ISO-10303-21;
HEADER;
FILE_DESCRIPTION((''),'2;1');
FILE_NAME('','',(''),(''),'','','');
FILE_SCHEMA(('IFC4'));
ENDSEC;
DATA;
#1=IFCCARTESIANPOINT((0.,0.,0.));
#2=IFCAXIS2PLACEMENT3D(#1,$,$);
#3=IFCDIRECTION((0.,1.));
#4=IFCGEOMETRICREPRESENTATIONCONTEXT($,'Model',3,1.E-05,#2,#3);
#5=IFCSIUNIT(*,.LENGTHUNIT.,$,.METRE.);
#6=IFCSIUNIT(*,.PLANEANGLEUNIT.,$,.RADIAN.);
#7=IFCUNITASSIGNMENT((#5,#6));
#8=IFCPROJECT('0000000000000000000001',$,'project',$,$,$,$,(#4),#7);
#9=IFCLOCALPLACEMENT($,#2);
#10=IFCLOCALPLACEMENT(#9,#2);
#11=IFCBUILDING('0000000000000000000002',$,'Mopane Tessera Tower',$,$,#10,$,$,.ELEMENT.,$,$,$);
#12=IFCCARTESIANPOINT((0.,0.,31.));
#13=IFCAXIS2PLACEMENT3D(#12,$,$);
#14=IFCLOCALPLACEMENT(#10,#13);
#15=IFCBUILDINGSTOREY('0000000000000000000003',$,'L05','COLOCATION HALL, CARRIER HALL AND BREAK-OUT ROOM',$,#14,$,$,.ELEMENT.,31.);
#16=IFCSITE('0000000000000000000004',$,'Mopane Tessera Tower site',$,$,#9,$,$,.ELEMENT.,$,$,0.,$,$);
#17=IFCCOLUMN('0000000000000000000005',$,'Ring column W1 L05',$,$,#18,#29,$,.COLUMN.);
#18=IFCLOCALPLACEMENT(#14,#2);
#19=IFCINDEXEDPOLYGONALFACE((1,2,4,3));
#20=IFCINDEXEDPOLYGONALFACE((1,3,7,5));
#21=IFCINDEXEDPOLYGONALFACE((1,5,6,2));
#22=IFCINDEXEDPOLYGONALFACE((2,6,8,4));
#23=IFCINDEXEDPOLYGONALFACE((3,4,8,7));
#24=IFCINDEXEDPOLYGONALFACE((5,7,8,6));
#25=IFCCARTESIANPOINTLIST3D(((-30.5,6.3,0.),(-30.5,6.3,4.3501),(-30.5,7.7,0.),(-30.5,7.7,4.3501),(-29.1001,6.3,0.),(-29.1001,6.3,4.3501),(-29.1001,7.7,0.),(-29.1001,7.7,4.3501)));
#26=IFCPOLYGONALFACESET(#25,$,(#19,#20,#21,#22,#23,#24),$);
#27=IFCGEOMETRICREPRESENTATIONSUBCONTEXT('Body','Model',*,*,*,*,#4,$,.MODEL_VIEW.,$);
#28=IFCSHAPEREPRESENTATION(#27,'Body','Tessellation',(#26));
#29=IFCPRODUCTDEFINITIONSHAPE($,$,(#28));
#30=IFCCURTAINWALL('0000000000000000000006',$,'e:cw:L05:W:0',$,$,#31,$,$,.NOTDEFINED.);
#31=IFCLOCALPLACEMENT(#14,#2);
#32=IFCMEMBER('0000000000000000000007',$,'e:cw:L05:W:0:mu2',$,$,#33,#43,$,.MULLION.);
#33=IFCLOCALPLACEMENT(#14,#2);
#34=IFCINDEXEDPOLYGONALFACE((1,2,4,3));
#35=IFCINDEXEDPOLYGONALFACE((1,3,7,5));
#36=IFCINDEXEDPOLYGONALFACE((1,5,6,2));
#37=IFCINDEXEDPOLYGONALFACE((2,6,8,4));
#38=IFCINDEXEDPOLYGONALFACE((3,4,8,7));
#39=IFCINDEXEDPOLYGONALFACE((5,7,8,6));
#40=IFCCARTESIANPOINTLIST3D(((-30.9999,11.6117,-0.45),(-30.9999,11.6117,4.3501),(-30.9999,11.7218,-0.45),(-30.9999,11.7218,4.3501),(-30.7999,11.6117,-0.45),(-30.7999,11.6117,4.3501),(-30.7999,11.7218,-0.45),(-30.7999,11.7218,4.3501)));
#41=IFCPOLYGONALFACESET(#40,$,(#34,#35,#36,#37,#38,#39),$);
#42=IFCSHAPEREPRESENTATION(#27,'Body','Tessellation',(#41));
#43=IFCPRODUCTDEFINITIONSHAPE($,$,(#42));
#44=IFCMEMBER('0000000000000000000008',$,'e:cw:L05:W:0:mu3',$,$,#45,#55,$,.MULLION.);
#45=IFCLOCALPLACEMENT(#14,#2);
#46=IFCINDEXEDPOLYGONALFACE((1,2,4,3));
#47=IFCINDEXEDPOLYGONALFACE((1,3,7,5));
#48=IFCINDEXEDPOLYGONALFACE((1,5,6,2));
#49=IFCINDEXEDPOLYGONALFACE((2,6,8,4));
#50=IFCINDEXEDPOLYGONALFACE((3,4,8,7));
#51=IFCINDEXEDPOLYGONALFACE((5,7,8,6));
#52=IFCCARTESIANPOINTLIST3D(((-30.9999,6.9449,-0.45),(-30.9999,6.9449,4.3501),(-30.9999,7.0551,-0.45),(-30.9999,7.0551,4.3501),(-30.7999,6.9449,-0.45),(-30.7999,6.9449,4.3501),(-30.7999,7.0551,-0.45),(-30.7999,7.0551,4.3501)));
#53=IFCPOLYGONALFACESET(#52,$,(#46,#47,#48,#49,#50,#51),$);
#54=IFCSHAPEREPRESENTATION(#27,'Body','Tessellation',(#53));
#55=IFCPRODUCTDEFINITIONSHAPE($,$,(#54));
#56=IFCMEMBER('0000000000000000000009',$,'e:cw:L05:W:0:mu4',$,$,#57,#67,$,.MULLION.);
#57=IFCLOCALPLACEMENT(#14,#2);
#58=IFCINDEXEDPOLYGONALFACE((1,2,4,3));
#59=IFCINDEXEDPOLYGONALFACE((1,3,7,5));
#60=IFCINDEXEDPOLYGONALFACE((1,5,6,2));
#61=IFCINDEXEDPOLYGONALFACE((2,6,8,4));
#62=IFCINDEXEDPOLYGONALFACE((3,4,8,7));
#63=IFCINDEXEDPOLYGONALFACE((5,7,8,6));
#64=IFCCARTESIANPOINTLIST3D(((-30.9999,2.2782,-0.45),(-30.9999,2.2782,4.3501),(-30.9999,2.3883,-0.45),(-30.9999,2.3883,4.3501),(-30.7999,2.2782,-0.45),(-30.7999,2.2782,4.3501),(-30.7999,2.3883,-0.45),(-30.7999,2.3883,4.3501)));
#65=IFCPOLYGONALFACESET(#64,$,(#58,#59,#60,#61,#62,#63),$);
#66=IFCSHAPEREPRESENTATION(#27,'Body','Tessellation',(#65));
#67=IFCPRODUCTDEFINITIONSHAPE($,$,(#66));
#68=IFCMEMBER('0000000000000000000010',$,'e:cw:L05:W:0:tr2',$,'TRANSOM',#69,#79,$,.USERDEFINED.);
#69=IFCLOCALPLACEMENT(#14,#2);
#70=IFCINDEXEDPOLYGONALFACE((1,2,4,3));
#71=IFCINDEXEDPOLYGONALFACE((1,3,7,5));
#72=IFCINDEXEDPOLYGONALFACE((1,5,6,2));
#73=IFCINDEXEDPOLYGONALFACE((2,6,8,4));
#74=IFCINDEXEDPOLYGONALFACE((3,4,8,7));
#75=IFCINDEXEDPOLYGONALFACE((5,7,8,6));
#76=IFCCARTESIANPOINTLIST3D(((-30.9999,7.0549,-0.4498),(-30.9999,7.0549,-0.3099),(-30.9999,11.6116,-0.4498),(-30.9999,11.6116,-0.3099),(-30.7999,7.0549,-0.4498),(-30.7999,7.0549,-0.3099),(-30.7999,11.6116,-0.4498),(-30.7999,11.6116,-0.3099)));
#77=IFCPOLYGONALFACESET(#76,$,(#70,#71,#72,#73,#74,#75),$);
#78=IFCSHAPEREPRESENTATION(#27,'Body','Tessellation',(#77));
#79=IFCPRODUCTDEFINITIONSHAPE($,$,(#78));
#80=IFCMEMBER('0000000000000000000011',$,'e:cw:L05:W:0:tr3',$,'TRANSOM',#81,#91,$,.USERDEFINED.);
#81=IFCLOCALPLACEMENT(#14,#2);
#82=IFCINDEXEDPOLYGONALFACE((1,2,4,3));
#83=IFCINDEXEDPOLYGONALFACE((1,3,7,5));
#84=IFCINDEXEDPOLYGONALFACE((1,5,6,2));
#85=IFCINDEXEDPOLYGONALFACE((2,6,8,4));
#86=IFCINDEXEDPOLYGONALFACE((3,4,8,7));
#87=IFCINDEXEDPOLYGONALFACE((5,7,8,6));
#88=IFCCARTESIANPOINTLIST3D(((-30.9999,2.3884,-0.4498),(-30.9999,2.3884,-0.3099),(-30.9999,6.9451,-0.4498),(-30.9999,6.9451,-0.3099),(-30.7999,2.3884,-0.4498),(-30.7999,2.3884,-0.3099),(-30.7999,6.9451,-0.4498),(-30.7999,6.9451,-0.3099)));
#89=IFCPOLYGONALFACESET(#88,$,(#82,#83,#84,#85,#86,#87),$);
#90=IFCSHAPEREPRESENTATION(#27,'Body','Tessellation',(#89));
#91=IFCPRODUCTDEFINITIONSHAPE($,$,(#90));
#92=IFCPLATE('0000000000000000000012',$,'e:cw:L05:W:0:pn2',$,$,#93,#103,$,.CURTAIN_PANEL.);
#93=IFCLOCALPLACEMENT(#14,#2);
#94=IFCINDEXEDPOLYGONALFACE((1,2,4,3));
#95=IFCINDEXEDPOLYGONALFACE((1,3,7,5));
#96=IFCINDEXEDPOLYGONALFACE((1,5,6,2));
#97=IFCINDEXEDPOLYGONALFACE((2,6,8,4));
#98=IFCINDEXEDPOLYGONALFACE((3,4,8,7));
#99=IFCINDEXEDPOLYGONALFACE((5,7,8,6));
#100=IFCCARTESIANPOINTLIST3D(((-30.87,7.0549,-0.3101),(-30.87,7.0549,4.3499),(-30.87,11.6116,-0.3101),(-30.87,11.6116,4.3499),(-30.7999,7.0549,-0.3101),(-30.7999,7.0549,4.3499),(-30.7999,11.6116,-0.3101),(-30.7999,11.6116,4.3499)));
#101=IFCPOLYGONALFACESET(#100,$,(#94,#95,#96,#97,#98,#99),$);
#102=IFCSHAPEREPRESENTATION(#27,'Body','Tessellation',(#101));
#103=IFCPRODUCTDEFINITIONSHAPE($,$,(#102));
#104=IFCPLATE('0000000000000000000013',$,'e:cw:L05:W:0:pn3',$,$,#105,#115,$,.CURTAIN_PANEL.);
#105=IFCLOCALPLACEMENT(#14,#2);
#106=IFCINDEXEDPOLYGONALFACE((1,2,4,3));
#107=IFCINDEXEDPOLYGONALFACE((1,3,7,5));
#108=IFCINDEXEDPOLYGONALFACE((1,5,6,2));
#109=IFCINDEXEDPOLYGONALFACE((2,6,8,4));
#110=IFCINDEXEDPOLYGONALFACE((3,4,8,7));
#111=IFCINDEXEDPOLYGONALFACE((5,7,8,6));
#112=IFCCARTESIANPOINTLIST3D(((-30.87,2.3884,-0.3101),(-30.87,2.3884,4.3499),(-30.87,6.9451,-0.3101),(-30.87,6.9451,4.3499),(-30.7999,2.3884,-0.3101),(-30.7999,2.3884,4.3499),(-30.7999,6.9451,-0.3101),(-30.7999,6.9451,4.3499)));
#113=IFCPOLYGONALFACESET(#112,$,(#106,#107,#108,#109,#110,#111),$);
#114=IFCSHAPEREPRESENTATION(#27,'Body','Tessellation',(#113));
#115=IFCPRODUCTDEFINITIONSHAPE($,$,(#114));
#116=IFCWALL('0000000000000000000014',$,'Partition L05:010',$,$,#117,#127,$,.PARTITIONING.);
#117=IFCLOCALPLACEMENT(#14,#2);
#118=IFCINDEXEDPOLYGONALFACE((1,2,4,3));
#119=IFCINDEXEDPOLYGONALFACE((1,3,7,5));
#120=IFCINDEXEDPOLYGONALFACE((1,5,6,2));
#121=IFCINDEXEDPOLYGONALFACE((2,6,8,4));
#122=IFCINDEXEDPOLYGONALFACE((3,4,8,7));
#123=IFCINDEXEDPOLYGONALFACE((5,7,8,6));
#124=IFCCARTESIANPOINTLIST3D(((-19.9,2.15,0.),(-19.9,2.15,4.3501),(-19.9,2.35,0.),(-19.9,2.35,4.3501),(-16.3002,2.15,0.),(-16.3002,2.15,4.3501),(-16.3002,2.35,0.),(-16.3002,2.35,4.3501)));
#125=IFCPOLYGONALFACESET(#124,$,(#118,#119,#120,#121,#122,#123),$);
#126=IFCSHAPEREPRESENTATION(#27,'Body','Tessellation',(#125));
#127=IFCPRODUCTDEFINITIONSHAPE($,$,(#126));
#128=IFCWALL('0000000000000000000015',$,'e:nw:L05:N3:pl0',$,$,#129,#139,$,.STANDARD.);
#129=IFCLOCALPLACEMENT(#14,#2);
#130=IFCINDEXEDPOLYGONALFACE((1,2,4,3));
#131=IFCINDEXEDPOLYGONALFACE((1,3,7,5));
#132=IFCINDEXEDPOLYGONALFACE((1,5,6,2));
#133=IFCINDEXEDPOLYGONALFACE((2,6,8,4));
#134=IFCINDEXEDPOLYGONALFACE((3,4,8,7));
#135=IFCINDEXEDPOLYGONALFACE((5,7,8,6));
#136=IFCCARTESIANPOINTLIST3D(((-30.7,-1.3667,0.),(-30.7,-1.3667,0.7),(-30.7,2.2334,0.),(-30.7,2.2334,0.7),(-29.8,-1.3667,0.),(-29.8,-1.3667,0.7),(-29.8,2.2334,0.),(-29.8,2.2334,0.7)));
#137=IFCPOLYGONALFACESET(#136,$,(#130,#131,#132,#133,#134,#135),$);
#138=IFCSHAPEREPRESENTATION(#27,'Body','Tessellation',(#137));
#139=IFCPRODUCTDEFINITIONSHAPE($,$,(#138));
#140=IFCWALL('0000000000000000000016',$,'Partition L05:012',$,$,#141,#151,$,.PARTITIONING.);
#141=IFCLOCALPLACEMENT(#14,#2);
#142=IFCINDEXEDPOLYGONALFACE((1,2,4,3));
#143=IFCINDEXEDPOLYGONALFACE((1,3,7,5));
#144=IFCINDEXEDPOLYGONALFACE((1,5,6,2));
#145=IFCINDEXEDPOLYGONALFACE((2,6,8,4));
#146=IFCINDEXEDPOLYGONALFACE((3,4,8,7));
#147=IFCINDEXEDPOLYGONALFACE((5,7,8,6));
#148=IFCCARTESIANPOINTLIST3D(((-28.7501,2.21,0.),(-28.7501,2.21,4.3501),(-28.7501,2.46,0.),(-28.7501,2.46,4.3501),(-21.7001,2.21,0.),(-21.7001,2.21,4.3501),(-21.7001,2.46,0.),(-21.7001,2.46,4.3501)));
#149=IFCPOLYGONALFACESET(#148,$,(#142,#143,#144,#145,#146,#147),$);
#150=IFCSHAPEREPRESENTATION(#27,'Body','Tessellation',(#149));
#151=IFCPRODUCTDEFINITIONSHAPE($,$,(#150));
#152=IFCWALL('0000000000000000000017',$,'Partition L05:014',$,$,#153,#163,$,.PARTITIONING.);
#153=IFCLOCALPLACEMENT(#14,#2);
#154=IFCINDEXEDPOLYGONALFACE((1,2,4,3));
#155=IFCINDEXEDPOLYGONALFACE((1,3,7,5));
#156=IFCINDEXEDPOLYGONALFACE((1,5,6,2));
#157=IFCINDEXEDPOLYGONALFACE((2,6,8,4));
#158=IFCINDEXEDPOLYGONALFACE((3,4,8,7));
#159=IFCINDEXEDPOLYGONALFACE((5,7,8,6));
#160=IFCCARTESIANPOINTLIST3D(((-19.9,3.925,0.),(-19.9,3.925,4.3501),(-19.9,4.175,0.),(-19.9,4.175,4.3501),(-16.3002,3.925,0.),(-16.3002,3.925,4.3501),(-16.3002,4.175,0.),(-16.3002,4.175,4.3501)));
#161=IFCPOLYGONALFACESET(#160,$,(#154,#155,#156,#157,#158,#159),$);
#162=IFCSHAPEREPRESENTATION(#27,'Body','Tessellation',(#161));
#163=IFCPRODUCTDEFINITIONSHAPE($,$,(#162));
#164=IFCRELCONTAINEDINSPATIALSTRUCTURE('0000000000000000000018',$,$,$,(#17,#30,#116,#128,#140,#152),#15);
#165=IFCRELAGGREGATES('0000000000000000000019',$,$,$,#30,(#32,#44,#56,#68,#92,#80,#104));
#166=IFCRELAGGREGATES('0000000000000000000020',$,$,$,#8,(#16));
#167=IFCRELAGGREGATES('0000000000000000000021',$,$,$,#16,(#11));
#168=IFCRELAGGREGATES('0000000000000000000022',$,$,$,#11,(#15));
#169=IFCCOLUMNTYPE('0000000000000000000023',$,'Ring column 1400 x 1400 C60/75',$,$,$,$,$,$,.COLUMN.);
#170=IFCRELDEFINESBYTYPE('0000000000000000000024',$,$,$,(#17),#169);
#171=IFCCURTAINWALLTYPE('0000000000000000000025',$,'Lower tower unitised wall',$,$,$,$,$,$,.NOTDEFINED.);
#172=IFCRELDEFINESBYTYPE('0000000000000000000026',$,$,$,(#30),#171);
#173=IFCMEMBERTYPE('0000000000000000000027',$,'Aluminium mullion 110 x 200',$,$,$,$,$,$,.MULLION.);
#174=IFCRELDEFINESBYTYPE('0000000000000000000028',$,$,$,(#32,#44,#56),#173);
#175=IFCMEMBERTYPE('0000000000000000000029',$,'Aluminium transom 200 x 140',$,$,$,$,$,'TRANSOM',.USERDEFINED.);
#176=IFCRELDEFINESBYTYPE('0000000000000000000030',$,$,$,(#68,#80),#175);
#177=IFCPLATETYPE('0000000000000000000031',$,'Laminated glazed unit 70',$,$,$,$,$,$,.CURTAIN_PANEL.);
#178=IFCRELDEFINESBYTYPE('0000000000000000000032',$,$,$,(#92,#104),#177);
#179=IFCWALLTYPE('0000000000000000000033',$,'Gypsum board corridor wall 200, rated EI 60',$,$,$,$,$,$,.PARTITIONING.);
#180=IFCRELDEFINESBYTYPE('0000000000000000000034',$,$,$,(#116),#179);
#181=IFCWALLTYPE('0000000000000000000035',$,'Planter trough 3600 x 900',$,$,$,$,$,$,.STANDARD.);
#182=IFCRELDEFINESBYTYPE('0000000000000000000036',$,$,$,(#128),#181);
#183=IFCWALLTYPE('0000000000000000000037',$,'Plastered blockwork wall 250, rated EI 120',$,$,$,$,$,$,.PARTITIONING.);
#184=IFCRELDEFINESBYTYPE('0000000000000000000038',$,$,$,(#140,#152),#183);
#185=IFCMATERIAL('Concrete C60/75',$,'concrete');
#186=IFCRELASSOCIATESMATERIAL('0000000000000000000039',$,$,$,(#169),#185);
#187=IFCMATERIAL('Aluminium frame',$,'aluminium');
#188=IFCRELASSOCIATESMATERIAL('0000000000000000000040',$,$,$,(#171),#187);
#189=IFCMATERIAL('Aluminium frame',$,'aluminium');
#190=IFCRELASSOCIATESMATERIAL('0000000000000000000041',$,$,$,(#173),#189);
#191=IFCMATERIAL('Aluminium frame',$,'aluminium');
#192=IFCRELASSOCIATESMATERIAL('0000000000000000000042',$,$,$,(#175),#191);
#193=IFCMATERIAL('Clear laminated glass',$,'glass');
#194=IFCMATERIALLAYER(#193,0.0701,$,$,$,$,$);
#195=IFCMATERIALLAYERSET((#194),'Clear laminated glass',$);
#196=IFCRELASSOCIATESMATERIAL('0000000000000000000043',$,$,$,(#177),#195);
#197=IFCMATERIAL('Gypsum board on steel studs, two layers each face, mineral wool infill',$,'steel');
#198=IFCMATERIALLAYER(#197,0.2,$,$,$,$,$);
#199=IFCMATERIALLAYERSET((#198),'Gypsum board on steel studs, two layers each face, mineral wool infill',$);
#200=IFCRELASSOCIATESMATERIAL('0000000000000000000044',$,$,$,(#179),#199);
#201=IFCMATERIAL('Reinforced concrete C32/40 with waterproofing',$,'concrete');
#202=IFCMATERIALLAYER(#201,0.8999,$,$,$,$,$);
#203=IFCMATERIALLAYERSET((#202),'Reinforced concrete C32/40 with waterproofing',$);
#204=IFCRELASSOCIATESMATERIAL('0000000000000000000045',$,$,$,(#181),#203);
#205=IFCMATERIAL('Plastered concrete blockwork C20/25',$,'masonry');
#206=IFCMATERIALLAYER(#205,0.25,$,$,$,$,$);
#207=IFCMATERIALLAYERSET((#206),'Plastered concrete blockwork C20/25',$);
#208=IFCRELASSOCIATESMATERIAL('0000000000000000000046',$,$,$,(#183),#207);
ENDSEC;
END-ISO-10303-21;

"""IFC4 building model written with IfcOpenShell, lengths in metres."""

from ifc_helpers import new_model, si_unit, direction, frame, frame_2d, origin, origin_2d, place, context, subcontext, project, spatial, rectangle, extrude, material, layer, layer_set, material_profile, profile_set, type_object, element, aggregate, save


model = new_model("IFC4")

# Units and contexts
model_context = context("Model", 3, precision=1e-05, world=origin(), true_north=direction((0.0, 1.0)))
body_context = subcontext(model_context, "Body", "Model", "MODEL_VIEW")
ifc_project = project(units=[si_unit("LENGTHUNIT", "METRE"), si_unit("PLANEANGLEUNIT", "RADIAN")], contexts=[model_context])

# Site, building, storey
site_placement = place(None, origin())
site = spatial("IfcSite", under=ifc_project, at=site_placement, Name="Mopane Tessera Tower site", CompositionType="ELEMENT", RefElevation=0.0)
building_placement = place(site_placement, origin())
building = spatial("IfcBuilding", under=site, at=building_placement, Name="Mopane Tessera Tower", CompositionType="ELEMENT")
storey_placement = place(building_placement, frame((0.0, 0.0, 31.0)))
storey = spatial("IfcBuildingStorey", under=building, at=storey_placement, Name="L05", Description="COLOCATION HALL, CARRIER HALL AND BREAK-OUT ROOM", CompositionType="ELEMENT", Elevation=31.0)

# Column
ifc_material_1 = material(Name="Concrete C60/75", Category="concrete")
ifc_material_profile_1 = material_profile(ifc_material_1, rectangle(XDim=1.3999, YDim=1.3999, at=origin_2d()))
ifc_profile_set_1 = profile_set([ifc_material_profile_1], Name="Concrete C60/75")
column_type = type_object("IfcColumnType", Name="Ring column 1400 x 1400 C60/75", PredefinedType="COLUMN", material=ifc_profile_set_1)
column_placement = place(storey_placement, frame((-29.8, 7.0, 0.0), z_axis=(0.0, 0.0, 1.0), x_axis=(1.0, 0.0, 0.0)))
element("IfcColumn", 1, at=column_placement, inside=storey, type_object=column_type, Name="Ring column W1 L05", PredefinedType="COLUMN", context=body_context, shape_type="SweptSolid", body=[
    extrude(rectangle(XDim=1.3999, YDim=1.3999, at=origin_2d()), origin(), (0.0, 0.0, 1.0), 4.3501),
])

# Curtain wall, members, plates
ifc_material_2 = material(Name="Aluminium frame", Category="aluminium")
curtain_wall_type = type_object("IfcCurtainWallType", Name="Lower tower unitised wall", PredefinedType="NOTDEFINED", material=ifc_material_2)
curtain_wall_placement = place(storey_placement, origin())
curtain_wall = element("IfcCurtainWall", 2, at=curtain_wall_placement, inside=storey, type_object=curtain_wall_type, Name="e:cw:L05:W:0", PredefinedType="NOTDEFINED")
ifc_material_3 = material(Name="Aluminium frame", Category="aluminium")
ifc_material_profile_2 = material_profile(ifc_material_3, rectangle(XDim=0.1101, YDim=0.2, at=origin_2d()))
ifc_profile_set_2 = profile_set([ifc_material_profile_2], Name="Aluminium frame")
member_type_1 = type_object("IfcMemberType", Name="Aluminium mullion 110 x 200", PredefinedType="MULLION", material=ifc_profile_set_2)
member_1_placement = place(storey_placement, frame((-30.8999, 11.6667, -0.45), z_axis=(0.0, 0.0, 1.0), x_axis=(0.0, -1.0, 0.0)))
member_1 = element("IfcMember", 3, at=member_1_placement, type_object=member_type_1, Name="e:cw:L05:W:0:mu2", PredefinedType="MULLION", context=body_context, shape_type="SweptSolid", body=[
    extrude(rectangle(XDim=0.1101, YDim=0.2, at=origin_2d()), origin(), (0.0, 0.0, 1.0), 4.8),
])
member_2_placement = place(storey_placement, frame((-30.8999, 7.0, -0.45), z_axis=(0.0, 0.0, 1.0), x_axis=(0.0, -1.0, 0.0)))
member_2 = element("IfcMember", 4, at=member_2_placement, type_object=member_type_1, Name="e:cw:L05:W:0:mu3", PredefinedType="MULLION", context=body_context, shape_type="SweptSolid", body=[
    extrude(rectangle(XDim=0.1101, YDim=0.2, at=origin_2d()), origin(), (0.0, 0.0, 1.0), 4.8),
])
member_3_placement = place(storey_placement, frame((-30.8999, 2.3333, -0.45), z_axis=(0.0, 0.0, 1.0), x_axis=(0.0, -1.0, 0.0)))
member_3 = element("IfcMember", 5, at=member_3_placement, type_object=member_type_1, Name="e:cw:L05:W:0:mu4", PredefinedType="MULLION", context=body_context, shape_type="SweptSolid", body=[
    extrude(rectangle(XDim=0.1101, YDim=0.2, at=origin_2d()), origin(), (0.0, 0.0, 1.0), 4.8),
])
ifc_material_4 = material(Name="Aluminium frame", Category="aluminium")
ifc_material_profile_3 = material_profile(ifc_material_4, rectangle(XDim=0.2, YDim=0.1399, at=origin_2d()))
ifc_profile_set_3 = profile_set([ifc_material_profile_3], Name="Aluminium frame")
member_type_2 = type_object("IfcMemberType", Name="Aluminium transom 200 x 140", ElementType="TRANSOM", PredefinedType="USERDEFINED", material=ifc_profile_set_3)
member_4_placement = place(storey_placement, frame((-30.8999, 11.6116, -0.3799), z_axis=(0.0, -1.0, 0.0), x_axis=(1.0, 0.0, 0.0)))
member_4 = element("IfcMember", 6, at=member_4_placement, type_object=member_type_2, Name="e:cw:L05:W:0:tr2", ObjectType="TRANSOM", PredefinedType="USERDEFINED", context=body_context, shape_type="SweptSolid", body=[
    extrude(rectangle(XDim=0.2, YDim=0.1399, at=origin_2d()), origin(), (0.0, 0.0, 1.0), 4.5566),
])
member_5_placement = place(storey_placement, frame((-30.8999, 6.9451, -0.3799), z_axis=(0.0, -1.0, 0.0), x_axis=(1.0, 0.0, 0.0)))
member_5 = element("IfcMember", 7, at=member_5_placement, type_object=member_type_2, Name="e:cw:L05:W:0:tr3", ObjectType="TRANSOM", PredefinedType="USERDEFINED", context=body_context, shape_type="SweptSolid", body=[
    extrude(rectangle(XDim=0.2, YDim=0.1399, at=origin_2d()), origin(), (0.0, 0.0, 1.0), 4.5566),
])
ifc_material_5 = material(Name="Clear laminated glass", Category="glass")
ifc_layer_1 = layer(ifc_material_5, 0.0701)
ifc_layer_set_1 = layer_set([ifc_layer_1], Name="Clear laminated glass")
plate_type = type_object("IfcPlateType", Name="Laminated glazed unit 70", PredefinedType="CURTAIN_PANEL", material=ifc_layer_set_1)
plate_1_placement = place(storey_placement, frame((-30.835, 9.3333, -0.3101), z_axis=(0.0, 0.0, 1.0), x_axis=(0.0, -1.0, 0.0)))
plate_1 = element("IfcPlate", 8, at=plate_1_placement, type_object=plate_type, Name="e:cw:L05:W:0:pn2", PredefinedType="CURTAIN_PANEL", context=body_context, shape_type="SweptSolid", body=[
    extrude(rectangle(XDim=4.5566, YDim=0.0701, at=origin_2d()), origin(), (0.0, 0.0, 1.0), 4.6599),
])
plate_2_placement = place(storey_placement, frame((-30.835, 4.6667, -0.3101), z_axis=(0.0, 0.0, 1.0), x_axis=(0.0, -1.0, 0.0)))
plate_2 = element("IfcPlate", 9, at=plate_2_placement, type_object=plate_type, Name="e:cw:L05:W:0:pn3", PredefinedType="CURTAIN_PANEL", context=body_context, shape_type="SweptSolid", body=[
    extrude(rectangle(XDim=4.5566, YDim=0.0701, at=origin_2d()), origin(), (0.0, 0.0, 1.0), 4.6599),
])
aggregate(curtain_wall, [member_1, member_2, member_3, member_4, plate_1, member_5, plate_2])

# Walls
ifc_material_6 = material(Name="Gypsum board on steel studs, two layers each face, mineral wool infill", Category="steel")
ifc_layer_2 = layer(ifc_material_6, 0.2)
ifc_layer_set_2 = layer_set([ifc_layer_2], Name="Gypsum board on steel studs, two layers each face, mineral wool infill")
wall_type_1 = type_object("IfcWallType", Name="Gypsum board corridor wall 200, rated EI 60", PredefinedType="PARTITIONING", material=ifc_layer_set_2)
wall_1_placement = place(storey_placement, frame((-19.8999, 2.25, 0.0), z_axis=(0.0, 0.0, 1.0), x_axis=(1.0, 0.0, 0.0)))
element("IfcWall", 10, at=wall_1_placement, inside=storey, type_object=wall_type_1, Name="Partition L05:010", PredefinedType="PARTITIONING", context=body_context, shape_type="SweptSolid", body=[
    extrude(rectangle(XDim=3.5999, YDim=0.2, at=frame_2d((1.7998, 0.0))), origin(), (0.0, 0.0, 1.0), 4.3501),
])
ifc_material_7 = material(Name="Reinforced concrete C32/40 with waterproofing", Category="concrete")
ifc_layer_3 = layer(ifc_material_7, 0.8999)
ifc_layer_set_3 = layer_set([ifc_layer_3], Name="Reinforced concrete C32/40 with waterproofing")
wall_type_2 = type_object("IfcWallType", Name="Planter trough 3600 x 900", PredefinedType="STANDARD", material=ifc_layer_set_3)
wall_2_placement = place(storey_placement, frame((-30.25, 2.2334, 0.0), z_axis=(0.0, 0.0, 1.0), x_axis=(0.0, -1.0, 0.0)))
element("IfcWall", 11, at=wall_2_placement, inside=storey, type_object=wall_type_2, Name="e:nw:L05:N3:pl0", PredefinedType="STANDARD", context=body_context, shape_type="SweptSolid", body=[
    extrude(rectangle(XDim=3.6001, YDim=0.8999, at=frame_2d((1.8, 0.0))), origin(), (0.0, 0.0, 1.0), 0.7),
])
ifc_material_8 = material(Name="Plastered concrete blockwork C20/25", Category="masonry")
ifc_layer_4 = layer(ifc_material_8, 0.25)
ifc_layer_set_4 = layer_set([ifc_layer_4], Name="Plastered concrete blockwork C20/25")
wall_type_3 = type_object("IfcWallType", Name="Plastered blockwork wall 250, rated EI 120", PredefinedType="PARTITIONING", material=ifc_layer_set_4)
wall_3_placement = place(storey_placement, frame((-28.75, 2.335, 0.0), z_axis=(0.0, 0.0, 1.0), x_axis=(1.0, 0.0, 0.0)))
element("IfcWall", 12, at=wall_3_placement, inside=storey, type_object=wall_type_3, Name="Partition L05:012", PredefinedType="PARTITIONING", context=body_context, shape_type="SweptSolid", body=[
    extrude(rectangle(XDim=7.05, YDim=0.25, at=frame_2d((3.5249, 0.0))), origin(), (0.0, 0.0, 1.0), 4.3501),
])
wall_4_placement = place(storey_placement, frame((-19.8999, 4.05, 0.0), z_axis=(0.0, 0.0, 1.0), x_axis=(1.0, 0.0, 0.0)))
element("IfcWall", 13, at=wall_4_placement, inside=storey, type_object=wall_type_3, Name="Partition L05:014", PredefinedType="PARTITIONING", context=body_context, shape_type="SweptSolid", body=[
    extrude(rectangle(XDim=3.5999, YDim=0.25, at=frame_2d((1.7998, 0.0))), origin(), (0.0, 0.0, 1.0), 4.3501),
])

save(model, "model.ifc")
